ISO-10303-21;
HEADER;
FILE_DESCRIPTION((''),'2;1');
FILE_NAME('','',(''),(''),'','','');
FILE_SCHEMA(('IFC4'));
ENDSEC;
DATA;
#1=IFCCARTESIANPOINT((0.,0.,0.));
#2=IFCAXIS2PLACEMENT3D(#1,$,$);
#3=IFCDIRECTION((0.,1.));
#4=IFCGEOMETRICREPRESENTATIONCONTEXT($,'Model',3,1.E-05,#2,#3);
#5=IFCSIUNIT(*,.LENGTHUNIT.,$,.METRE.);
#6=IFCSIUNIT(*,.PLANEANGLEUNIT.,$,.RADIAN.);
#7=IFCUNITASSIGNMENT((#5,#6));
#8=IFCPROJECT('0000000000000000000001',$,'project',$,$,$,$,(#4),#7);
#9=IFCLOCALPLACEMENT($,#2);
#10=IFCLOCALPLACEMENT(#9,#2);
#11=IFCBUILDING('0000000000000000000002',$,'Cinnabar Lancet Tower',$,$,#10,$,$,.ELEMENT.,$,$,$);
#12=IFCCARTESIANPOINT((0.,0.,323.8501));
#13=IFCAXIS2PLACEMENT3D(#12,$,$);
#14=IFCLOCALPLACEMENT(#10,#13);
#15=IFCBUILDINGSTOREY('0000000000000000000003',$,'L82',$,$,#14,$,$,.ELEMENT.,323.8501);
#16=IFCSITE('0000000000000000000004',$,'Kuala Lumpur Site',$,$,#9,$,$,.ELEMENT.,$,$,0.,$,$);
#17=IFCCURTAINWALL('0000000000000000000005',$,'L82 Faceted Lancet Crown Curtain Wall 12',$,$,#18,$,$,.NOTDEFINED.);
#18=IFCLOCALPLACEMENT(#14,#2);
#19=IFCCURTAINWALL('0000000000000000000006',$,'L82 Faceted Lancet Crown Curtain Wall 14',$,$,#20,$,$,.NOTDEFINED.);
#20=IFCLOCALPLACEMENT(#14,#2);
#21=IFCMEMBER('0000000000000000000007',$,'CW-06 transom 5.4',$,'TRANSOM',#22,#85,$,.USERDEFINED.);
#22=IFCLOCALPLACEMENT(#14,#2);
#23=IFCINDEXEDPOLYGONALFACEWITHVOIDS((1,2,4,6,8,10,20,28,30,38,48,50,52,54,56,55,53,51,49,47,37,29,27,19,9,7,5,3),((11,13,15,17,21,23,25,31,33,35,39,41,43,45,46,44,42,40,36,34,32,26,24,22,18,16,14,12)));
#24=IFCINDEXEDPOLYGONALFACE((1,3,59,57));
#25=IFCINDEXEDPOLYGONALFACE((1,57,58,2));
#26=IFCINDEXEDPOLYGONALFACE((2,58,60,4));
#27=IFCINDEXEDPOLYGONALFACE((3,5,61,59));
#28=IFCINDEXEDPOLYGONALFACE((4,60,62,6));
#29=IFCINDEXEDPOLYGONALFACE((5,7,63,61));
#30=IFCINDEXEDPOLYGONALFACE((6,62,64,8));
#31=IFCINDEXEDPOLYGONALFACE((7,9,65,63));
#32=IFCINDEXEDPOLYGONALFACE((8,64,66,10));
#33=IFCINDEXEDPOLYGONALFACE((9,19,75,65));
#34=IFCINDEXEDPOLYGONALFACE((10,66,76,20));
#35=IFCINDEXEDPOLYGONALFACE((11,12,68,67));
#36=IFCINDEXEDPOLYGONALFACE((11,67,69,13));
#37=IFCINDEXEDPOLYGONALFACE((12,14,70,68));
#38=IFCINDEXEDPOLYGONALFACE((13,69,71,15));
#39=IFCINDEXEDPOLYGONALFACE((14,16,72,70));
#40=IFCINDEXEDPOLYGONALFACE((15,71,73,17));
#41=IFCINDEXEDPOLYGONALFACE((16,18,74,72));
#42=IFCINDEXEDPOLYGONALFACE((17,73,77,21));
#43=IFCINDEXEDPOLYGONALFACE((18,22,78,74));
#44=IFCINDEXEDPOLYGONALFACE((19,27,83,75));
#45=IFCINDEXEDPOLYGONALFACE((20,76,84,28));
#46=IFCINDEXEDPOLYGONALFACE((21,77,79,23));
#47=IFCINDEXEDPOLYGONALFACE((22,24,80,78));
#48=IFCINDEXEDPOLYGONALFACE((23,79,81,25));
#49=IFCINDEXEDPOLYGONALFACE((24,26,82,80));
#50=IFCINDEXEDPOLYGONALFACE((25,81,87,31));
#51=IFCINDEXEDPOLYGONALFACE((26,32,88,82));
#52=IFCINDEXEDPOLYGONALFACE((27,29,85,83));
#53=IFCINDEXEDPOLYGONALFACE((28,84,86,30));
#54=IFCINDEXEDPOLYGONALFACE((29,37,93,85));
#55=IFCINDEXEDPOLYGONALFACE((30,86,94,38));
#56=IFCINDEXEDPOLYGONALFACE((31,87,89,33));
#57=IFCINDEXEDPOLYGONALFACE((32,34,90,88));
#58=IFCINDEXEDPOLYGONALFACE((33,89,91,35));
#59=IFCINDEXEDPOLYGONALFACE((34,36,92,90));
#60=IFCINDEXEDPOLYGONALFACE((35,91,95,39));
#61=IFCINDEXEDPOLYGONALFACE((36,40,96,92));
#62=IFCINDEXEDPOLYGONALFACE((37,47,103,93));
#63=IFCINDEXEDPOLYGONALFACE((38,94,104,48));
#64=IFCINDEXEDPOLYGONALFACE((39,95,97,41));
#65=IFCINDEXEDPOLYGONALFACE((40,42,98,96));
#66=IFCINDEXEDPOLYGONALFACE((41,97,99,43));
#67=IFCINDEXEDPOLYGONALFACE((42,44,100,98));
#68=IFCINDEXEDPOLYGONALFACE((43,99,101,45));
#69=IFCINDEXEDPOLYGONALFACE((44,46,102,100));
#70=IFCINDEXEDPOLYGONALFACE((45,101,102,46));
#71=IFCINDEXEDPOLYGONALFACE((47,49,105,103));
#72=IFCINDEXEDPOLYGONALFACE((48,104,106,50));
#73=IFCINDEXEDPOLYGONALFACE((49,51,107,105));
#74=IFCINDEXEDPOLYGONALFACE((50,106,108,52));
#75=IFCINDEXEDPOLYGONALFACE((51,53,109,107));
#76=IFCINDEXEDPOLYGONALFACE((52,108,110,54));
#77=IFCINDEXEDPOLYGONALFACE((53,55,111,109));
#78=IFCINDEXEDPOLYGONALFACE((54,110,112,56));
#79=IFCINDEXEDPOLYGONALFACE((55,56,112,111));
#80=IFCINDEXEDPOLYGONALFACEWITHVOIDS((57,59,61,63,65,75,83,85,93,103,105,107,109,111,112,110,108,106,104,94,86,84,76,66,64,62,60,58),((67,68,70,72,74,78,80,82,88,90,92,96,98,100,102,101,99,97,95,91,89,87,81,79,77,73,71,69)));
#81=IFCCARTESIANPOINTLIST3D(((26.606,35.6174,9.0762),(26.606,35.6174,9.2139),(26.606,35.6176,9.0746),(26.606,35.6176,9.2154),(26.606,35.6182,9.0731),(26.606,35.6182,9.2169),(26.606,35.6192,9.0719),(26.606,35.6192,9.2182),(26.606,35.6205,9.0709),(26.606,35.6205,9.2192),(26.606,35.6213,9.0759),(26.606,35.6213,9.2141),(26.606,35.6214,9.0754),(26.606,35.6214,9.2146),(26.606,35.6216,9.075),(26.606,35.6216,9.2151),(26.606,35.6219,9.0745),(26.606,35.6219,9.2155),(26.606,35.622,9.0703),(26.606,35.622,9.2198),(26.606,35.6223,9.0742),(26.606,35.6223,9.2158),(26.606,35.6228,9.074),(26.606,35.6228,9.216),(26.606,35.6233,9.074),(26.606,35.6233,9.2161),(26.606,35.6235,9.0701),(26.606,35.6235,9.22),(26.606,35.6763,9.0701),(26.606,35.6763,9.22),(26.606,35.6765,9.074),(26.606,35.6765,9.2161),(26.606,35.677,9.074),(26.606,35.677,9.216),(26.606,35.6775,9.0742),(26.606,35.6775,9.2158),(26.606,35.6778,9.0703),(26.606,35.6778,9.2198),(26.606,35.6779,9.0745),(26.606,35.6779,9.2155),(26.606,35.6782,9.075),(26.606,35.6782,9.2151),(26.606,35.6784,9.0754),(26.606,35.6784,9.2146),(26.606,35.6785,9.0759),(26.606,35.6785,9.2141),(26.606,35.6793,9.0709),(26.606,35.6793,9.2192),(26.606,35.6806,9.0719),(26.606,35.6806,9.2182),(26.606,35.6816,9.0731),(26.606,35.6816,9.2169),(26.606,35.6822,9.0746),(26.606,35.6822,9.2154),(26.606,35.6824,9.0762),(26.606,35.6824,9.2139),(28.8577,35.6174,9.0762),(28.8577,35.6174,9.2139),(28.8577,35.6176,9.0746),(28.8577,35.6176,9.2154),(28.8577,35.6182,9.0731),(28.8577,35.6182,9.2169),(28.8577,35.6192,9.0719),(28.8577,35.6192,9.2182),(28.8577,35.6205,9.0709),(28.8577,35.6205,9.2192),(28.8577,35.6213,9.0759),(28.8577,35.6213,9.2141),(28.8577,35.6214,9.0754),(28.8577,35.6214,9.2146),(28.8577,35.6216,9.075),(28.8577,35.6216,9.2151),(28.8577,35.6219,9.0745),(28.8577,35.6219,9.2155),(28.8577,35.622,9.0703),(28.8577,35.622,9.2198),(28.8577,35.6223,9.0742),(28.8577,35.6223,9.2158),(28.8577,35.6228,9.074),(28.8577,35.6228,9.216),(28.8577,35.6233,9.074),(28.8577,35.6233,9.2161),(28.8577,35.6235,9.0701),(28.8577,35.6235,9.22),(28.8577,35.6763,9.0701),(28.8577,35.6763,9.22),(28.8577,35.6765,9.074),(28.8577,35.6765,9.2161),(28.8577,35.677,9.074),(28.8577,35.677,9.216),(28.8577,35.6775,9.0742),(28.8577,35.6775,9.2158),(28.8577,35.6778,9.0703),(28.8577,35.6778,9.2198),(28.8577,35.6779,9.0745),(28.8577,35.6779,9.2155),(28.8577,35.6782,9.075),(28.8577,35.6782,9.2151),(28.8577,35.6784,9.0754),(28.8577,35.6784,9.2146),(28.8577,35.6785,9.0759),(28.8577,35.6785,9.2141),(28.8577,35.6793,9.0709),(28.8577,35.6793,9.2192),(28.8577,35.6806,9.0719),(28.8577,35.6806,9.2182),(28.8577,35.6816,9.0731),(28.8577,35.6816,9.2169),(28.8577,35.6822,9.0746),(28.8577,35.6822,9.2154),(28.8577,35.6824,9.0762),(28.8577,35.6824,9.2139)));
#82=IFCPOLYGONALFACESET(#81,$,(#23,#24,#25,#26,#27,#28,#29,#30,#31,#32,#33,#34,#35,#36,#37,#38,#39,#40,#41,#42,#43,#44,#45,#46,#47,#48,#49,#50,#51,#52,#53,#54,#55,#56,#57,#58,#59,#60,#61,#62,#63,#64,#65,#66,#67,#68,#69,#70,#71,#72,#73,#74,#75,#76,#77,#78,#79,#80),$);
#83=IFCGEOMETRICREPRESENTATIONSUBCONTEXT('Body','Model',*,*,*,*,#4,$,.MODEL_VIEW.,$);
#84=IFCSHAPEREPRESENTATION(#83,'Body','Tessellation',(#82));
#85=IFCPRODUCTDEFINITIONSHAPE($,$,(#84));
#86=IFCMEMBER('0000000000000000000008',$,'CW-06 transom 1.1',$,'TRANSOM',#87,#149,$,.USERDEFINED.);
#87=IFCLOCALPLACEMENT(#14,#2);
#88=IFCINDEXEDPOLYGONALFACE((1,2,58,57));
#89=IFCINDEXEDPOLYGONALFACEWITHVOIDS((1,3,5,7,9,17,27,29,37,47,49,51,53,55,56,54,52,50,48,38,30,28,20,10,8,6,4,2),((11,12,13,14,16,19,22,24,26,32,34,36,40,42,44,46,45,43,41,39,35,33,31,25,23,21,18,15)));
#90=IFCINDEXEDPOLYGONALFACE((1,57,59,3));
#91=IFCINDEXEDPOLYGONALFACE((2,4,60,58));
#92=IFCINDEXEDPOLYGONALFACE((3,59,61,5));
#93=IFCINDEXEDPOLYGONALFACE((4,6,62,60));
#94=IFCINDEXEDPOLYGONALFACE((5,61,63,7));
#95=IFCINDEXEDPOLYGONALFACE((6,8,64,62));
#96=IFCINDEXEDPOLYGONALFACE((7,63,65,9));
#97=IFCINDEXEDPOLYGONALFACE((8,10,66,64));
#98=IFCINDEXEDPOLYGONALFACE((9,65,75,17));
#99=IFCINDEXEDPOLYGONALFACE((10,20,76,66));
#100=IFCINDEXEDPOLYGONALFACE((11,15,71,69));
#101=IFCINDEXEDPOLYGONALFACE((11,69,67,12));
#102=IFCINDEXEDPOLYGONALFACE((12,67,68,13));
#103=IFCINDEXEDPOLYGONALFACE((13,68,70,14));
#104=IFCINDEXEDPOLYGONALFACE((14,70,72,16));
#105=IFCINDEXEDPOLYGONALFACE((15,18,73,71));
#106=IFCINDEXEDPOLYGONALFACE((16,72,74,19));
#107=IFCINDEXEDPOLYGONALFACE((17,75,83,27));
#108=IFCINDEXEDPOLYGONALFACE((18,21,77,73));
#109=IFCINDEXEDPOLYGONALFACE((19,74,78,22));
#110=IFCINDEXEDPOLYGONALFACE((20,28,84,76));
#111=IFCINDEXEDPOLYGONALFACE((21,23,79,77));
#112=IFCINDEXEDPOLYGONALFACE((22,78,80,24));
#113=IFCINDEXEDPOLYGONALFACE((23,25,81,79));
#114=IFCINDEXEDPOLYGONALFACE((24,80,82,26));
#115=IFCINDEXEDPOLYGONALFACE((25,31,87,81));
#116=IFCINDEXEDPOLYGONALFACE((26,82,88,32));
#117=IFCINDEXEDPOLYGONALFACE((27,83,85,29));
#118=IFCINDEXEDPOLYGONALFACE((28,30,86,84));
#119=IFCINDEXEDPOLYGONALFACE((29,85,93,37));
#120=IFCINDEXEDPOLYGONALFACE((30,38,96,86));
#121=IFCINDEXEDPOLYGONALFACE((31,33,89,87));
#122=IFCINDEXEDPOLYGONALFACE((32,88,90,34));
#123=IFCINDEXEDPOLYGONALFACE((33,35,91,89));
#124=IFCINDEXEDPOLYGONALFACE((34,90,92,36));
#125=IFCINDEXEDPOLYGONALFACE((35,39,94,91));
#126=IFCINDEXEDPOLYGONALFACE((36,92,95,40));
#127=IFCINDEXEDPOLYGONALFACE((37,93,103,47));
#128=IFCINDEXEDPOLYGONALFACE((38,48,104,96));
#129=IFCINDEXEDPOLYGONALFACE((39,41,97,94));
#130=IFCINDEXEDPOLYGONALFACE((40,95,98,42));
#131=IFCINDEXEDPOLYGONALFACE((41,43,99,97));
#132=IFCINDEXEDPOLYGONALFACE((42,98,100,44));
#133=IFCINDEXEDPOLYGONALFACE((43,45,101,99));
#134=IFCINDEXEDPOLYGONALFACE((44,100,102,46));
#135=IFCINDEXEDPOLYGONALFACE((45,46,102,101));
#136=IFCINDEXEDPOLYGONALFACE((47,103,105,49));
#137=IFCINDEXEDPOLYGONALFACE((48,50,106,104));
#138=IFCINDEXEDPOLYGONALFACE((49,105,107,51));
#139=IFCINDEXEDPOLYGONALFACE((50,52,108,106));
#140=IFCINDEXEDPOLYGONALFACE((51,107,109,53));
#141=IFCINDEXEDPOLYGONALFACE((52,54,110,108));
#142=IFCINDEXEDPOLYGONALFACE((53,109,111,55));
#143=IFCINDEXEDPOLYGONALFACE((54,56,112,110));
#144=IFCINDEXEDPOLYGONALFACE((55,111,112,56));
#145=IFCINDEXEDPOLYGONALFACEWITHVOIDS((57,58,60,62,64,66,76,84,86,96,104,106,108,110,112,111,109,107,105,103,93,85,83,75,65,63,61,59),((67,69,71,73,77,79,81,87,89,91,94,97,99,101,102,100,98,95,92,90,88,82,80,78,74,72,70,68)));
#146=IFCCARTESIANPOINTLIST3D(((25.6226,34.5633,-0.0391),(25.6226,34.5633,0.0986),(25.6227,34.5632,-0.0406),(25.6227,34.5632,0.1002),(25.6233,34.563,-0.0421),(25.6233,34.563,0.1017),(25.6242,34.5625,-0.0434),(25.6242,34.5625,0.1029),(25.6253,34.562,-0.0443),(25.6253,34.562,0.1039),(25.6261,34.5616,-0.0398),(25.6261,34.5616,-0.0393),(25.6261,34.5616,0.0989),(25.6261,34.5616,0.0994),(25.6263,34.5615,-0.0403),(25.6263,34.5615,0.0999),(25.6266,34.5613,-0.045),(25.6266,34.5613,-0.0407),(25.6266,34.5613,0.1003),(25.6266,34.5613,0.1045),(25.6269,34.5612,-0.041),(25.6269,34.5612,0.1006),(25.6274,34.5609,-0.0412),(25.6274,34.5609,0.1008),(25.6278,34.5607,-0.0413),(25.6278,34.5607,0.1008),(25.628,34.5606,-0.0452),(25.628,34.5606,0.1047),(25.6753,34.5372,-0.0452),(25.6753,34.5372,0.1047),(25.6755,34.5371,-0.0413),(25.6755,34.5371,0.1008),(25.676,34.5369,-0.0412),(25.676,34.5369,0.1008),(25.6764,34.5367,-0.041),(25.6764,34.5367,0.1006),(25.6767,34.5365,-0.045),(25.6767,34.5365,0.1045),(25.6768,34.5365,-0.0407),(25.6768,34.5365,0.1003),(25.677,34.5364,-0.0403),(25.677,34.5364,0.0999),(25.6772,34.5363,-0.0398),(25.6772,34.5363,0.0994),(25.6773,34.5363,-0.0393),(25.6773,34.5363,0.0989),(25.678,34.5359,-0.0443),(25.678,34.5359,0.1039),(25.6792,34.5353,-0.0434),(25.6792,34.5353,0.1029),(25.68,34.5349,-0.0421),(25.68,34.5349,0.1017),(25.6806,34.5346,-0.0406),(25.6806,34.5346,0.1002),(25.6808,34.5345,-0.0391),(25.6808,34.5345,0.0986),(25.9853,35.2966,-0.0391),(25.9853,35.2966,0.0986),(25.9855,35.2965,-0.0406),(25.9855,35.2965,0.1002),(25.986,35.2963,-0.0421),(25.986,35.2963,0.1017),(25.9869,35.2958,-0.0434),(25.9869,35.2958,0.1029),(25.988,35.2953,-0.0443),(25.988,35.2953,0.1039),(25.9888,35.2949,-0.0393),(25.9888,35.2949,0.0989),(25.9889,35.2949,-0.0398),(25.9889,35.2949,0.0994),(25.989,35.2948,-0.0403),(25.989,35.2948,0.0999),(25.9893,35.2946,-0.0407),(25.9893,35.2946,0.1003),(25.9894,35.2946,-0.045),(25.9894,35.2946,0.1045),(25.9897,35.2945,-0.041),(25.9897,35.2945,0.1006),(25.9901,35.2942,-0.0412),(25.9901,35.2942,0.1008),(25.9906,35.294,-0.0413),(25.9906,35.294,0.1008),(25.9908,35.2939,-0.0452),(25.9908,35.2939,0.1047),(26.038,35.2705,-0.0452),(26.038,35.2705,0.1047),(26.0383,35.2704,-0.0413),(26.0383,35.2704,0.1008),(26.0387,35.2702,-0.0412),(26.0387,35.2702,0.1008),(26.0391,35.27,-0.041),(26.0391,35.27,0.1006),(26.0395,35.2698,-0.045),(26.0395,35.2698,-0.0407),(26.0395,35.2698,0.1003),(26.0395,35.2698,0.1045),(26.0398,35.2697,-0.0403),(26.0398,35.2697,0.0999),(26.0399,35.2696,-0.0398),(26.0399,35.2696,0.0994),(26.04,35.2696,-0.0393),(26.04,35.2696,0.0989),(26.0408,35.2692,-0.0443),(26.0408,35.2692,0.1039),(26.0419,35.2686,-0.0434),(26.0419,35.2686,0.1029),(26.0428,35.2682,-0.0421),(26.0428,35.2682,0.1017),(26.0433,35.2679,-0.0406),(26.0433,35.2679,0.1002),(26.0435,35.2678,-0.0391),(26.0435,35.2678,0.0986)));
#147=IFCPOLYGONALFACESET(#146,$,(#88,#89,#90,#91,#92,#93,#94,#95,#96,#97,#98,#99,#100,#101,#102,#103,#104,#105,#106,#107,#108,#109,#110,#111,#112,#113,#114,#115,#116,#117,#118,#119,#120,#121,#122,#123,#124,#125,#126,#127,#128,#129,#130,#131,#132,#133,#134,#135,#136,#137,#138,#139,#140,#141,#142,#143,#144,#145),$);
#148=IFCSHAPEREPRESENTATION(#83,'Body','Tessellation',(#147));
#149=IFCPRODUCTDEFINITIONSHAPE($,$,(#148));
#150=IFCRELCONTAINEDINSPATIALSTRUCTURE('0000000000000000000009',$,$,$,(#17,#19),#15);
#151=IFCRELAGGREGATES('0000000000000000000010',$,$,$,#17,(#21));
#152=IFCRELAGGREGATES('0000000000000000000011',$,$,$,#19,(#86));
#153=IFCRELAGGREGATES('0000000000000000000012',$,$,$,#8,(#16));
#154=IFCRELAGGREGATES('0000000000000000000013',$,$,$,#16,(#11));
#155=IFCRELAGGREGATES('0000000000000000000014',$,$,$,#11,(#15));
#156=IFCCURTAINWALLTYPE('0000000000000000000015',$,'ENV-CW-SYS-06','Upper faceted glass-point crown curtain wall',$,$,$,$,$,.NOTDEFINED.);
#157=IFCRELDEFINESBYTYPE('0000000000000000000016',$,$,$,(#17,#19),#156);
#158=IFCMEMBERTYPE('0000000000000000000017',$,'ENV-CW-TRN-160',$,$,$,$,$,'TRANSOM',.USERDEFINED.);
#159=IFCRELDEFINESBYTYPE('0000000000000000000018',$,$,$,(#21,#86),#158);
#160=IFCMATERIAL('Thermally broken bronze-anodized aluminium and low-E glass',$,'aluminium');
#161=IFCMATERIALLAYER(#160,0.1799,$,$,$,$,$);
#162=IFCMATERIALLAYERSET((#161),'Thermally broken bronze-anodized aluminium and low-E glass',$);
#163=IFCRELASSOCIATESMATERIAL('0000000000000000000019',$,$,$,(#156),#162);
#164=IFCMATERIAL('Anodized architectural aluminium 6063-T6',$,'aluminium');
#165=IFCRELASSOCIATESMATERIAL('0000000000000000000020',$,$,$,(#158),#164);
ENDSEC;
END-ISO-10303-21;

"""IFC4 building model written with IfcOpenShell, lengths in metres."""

from ifc_helpers import new_model, si_unit, direction, frame, origin, origin_2d, place, context, subcontext, project, spatial, hollow_rectangle, extrude, material, layer, layer_set, material_profile, profile_set, type_object, element, aggregate, save


model = new_model("IFC4")

# Units and contexts
model_context = context("Model", 3, precision=1e-05, world=origin(), true_north=direction((0.0, 1.0)))
body_context = subcontext(model_context, "Body", "Model", "MODEL_VIEW")
ifc_project = project(units=[si_unit("LENGTHUNIT", "METRE"), si_unit("PLANEANGLEUNIT", "RADIAN")], contexts=[model_context])

# Site, building, storey
site_placement = place(None, origin())
site = spatial("IfcSite", under=ifc_project, at=site_placement, Name="Kuala Lumpur Site", CompositionType="ELEMENT", RefElevation=0.0)
building_placement = place(site_placement, origin())
building = spatial("IfcBuilding", under=site, at=building_placement, Name="Cinnabar Lancet Tower", CompositionType="ELEMENT")
storey_placement = place(building_placement, frame((0.0, 0.0, 323.8501)))
storey = spatial("IfcBuildingStorey", under=building, at=storey_placement, Name="L82", CompositionType="ELEMENT", Elevation=323.8501)

# Curtain walls
ifc_material_1 = material(Name="Thermally broken bronze-anodized aluminium and low-E glass", Category="aluminium")
ifc_layer_1 = layer(ifc_material_1, 0.1799)
ifc_layer_set_1 = layer_set([ifc_layer_1], Name="Thermally broken bronze-anodized aluminium and low-E glass")
curtain_wall_type = type_object("IfcCurtainWallType", Name="ENV-CW-SYS-06", Description="Upper faceted glass-point crown curtain wall", PredefinedType="NOTDEFINED", material=ifc_layer_set_1)
curtain_wall_1_placement = place(storey_placement, origin())
curtain_wall_1 = element("IfcCurtainWall", 1, at=curtain_wall_1_placement, inside=storey, type_object=curtain_wall_type, Name="L82 Faceted Lancet Crown Curtain Wall 12", PredefinedType="NOTDEFINED")
curtain_wall_2_placement = place(storey_placement, origin())
curtain_wall_2 = element("IfcCurtainWall", 2, at=curtain_wall_2_placement, inside=storey, type_object=curtain_wall_type, Name="L82 Faceted Lancet Crown Curtain Wall 14", PredefinedType="NOTDEFINED")

# Members
ifc_material_2 = material(Name="Anodized architectural aluminium 6063-T6", Category="aluminium")
ifc_material_profile_1 = material_profile(ifc_material_2, hollow_rectangle(XDim=0.0649, YDim=0.1499, WallThickness=0.0039, InnerFilletRadius=0.002, OuterFilletRadius=0.0061, at=origin_2d()), Name="CW-TRN 150x65x4")
ifc_profile_set_1 = profile_set([ifc_material_profile_1], Name="Anodized architectural aluminium 6063-T6")
member_type_1 = type_object("IfcMemberType", Name="ENV-CW-TRN-160", ElementType="TRANSOM", PredefinedType="USERDEFINED", material=ifc_profile_set_1)
member_1_placement = place(storey_placement, frame((28.8577, 35.6499, 9.145), z_axis=(-1.0, 0.0, 0.0), x_axis=(0.0, -1.0, 0.0)))
member_1 = element("IfcMember", 3, at=member_1_placement, type_object=member_type_1, Name="CW-06 transom 5.4", ObjectType="TRANSOM", PredefinedType="USERDEFINED", context=body_context, shape_type="SweptSolid", body=[
    extrude(hollow_rectangle(XDim=0.0649, YDim=0.1499, WallThickness=0.0039, InnerFilletRadius=0.002, OuterFilletRadius=0.0061, at=origin_2d()), origin(), (0.0, 0.0, 1.0), 2.2517),
])
member_2_placement = place(storey_placement, frame((26.0144, 35.2822, 0.0298), z_axis=(-0.44339, -0.896329, 0.0), x_axis=(0.896329, -0.44339, 0.0)))
member_2 = element("IfcMember", 4, at=member_2_placement, type_object=member_type_1, Name="CW-06 transom 1.1", ObjectType="TRANSOM", PredefinedType="USERDEFINED", context=body_context, shape_type="SweptSolid", body=[
    extrude(hollow_rectangle(XDim=0.0649, YDim=0.1499, WallThickness=0.0039, InnerFilletRadius=0.002, OuterFilletRadius=0.0061, at=origin_2d()), origin(), (0.0, 0.0, 1.0), 0.8181),
])

aggregate(curtain_wall_1, [member_1])
aggregate(curtain_wall_2, [member_2])

save(model, "model.ifc")
